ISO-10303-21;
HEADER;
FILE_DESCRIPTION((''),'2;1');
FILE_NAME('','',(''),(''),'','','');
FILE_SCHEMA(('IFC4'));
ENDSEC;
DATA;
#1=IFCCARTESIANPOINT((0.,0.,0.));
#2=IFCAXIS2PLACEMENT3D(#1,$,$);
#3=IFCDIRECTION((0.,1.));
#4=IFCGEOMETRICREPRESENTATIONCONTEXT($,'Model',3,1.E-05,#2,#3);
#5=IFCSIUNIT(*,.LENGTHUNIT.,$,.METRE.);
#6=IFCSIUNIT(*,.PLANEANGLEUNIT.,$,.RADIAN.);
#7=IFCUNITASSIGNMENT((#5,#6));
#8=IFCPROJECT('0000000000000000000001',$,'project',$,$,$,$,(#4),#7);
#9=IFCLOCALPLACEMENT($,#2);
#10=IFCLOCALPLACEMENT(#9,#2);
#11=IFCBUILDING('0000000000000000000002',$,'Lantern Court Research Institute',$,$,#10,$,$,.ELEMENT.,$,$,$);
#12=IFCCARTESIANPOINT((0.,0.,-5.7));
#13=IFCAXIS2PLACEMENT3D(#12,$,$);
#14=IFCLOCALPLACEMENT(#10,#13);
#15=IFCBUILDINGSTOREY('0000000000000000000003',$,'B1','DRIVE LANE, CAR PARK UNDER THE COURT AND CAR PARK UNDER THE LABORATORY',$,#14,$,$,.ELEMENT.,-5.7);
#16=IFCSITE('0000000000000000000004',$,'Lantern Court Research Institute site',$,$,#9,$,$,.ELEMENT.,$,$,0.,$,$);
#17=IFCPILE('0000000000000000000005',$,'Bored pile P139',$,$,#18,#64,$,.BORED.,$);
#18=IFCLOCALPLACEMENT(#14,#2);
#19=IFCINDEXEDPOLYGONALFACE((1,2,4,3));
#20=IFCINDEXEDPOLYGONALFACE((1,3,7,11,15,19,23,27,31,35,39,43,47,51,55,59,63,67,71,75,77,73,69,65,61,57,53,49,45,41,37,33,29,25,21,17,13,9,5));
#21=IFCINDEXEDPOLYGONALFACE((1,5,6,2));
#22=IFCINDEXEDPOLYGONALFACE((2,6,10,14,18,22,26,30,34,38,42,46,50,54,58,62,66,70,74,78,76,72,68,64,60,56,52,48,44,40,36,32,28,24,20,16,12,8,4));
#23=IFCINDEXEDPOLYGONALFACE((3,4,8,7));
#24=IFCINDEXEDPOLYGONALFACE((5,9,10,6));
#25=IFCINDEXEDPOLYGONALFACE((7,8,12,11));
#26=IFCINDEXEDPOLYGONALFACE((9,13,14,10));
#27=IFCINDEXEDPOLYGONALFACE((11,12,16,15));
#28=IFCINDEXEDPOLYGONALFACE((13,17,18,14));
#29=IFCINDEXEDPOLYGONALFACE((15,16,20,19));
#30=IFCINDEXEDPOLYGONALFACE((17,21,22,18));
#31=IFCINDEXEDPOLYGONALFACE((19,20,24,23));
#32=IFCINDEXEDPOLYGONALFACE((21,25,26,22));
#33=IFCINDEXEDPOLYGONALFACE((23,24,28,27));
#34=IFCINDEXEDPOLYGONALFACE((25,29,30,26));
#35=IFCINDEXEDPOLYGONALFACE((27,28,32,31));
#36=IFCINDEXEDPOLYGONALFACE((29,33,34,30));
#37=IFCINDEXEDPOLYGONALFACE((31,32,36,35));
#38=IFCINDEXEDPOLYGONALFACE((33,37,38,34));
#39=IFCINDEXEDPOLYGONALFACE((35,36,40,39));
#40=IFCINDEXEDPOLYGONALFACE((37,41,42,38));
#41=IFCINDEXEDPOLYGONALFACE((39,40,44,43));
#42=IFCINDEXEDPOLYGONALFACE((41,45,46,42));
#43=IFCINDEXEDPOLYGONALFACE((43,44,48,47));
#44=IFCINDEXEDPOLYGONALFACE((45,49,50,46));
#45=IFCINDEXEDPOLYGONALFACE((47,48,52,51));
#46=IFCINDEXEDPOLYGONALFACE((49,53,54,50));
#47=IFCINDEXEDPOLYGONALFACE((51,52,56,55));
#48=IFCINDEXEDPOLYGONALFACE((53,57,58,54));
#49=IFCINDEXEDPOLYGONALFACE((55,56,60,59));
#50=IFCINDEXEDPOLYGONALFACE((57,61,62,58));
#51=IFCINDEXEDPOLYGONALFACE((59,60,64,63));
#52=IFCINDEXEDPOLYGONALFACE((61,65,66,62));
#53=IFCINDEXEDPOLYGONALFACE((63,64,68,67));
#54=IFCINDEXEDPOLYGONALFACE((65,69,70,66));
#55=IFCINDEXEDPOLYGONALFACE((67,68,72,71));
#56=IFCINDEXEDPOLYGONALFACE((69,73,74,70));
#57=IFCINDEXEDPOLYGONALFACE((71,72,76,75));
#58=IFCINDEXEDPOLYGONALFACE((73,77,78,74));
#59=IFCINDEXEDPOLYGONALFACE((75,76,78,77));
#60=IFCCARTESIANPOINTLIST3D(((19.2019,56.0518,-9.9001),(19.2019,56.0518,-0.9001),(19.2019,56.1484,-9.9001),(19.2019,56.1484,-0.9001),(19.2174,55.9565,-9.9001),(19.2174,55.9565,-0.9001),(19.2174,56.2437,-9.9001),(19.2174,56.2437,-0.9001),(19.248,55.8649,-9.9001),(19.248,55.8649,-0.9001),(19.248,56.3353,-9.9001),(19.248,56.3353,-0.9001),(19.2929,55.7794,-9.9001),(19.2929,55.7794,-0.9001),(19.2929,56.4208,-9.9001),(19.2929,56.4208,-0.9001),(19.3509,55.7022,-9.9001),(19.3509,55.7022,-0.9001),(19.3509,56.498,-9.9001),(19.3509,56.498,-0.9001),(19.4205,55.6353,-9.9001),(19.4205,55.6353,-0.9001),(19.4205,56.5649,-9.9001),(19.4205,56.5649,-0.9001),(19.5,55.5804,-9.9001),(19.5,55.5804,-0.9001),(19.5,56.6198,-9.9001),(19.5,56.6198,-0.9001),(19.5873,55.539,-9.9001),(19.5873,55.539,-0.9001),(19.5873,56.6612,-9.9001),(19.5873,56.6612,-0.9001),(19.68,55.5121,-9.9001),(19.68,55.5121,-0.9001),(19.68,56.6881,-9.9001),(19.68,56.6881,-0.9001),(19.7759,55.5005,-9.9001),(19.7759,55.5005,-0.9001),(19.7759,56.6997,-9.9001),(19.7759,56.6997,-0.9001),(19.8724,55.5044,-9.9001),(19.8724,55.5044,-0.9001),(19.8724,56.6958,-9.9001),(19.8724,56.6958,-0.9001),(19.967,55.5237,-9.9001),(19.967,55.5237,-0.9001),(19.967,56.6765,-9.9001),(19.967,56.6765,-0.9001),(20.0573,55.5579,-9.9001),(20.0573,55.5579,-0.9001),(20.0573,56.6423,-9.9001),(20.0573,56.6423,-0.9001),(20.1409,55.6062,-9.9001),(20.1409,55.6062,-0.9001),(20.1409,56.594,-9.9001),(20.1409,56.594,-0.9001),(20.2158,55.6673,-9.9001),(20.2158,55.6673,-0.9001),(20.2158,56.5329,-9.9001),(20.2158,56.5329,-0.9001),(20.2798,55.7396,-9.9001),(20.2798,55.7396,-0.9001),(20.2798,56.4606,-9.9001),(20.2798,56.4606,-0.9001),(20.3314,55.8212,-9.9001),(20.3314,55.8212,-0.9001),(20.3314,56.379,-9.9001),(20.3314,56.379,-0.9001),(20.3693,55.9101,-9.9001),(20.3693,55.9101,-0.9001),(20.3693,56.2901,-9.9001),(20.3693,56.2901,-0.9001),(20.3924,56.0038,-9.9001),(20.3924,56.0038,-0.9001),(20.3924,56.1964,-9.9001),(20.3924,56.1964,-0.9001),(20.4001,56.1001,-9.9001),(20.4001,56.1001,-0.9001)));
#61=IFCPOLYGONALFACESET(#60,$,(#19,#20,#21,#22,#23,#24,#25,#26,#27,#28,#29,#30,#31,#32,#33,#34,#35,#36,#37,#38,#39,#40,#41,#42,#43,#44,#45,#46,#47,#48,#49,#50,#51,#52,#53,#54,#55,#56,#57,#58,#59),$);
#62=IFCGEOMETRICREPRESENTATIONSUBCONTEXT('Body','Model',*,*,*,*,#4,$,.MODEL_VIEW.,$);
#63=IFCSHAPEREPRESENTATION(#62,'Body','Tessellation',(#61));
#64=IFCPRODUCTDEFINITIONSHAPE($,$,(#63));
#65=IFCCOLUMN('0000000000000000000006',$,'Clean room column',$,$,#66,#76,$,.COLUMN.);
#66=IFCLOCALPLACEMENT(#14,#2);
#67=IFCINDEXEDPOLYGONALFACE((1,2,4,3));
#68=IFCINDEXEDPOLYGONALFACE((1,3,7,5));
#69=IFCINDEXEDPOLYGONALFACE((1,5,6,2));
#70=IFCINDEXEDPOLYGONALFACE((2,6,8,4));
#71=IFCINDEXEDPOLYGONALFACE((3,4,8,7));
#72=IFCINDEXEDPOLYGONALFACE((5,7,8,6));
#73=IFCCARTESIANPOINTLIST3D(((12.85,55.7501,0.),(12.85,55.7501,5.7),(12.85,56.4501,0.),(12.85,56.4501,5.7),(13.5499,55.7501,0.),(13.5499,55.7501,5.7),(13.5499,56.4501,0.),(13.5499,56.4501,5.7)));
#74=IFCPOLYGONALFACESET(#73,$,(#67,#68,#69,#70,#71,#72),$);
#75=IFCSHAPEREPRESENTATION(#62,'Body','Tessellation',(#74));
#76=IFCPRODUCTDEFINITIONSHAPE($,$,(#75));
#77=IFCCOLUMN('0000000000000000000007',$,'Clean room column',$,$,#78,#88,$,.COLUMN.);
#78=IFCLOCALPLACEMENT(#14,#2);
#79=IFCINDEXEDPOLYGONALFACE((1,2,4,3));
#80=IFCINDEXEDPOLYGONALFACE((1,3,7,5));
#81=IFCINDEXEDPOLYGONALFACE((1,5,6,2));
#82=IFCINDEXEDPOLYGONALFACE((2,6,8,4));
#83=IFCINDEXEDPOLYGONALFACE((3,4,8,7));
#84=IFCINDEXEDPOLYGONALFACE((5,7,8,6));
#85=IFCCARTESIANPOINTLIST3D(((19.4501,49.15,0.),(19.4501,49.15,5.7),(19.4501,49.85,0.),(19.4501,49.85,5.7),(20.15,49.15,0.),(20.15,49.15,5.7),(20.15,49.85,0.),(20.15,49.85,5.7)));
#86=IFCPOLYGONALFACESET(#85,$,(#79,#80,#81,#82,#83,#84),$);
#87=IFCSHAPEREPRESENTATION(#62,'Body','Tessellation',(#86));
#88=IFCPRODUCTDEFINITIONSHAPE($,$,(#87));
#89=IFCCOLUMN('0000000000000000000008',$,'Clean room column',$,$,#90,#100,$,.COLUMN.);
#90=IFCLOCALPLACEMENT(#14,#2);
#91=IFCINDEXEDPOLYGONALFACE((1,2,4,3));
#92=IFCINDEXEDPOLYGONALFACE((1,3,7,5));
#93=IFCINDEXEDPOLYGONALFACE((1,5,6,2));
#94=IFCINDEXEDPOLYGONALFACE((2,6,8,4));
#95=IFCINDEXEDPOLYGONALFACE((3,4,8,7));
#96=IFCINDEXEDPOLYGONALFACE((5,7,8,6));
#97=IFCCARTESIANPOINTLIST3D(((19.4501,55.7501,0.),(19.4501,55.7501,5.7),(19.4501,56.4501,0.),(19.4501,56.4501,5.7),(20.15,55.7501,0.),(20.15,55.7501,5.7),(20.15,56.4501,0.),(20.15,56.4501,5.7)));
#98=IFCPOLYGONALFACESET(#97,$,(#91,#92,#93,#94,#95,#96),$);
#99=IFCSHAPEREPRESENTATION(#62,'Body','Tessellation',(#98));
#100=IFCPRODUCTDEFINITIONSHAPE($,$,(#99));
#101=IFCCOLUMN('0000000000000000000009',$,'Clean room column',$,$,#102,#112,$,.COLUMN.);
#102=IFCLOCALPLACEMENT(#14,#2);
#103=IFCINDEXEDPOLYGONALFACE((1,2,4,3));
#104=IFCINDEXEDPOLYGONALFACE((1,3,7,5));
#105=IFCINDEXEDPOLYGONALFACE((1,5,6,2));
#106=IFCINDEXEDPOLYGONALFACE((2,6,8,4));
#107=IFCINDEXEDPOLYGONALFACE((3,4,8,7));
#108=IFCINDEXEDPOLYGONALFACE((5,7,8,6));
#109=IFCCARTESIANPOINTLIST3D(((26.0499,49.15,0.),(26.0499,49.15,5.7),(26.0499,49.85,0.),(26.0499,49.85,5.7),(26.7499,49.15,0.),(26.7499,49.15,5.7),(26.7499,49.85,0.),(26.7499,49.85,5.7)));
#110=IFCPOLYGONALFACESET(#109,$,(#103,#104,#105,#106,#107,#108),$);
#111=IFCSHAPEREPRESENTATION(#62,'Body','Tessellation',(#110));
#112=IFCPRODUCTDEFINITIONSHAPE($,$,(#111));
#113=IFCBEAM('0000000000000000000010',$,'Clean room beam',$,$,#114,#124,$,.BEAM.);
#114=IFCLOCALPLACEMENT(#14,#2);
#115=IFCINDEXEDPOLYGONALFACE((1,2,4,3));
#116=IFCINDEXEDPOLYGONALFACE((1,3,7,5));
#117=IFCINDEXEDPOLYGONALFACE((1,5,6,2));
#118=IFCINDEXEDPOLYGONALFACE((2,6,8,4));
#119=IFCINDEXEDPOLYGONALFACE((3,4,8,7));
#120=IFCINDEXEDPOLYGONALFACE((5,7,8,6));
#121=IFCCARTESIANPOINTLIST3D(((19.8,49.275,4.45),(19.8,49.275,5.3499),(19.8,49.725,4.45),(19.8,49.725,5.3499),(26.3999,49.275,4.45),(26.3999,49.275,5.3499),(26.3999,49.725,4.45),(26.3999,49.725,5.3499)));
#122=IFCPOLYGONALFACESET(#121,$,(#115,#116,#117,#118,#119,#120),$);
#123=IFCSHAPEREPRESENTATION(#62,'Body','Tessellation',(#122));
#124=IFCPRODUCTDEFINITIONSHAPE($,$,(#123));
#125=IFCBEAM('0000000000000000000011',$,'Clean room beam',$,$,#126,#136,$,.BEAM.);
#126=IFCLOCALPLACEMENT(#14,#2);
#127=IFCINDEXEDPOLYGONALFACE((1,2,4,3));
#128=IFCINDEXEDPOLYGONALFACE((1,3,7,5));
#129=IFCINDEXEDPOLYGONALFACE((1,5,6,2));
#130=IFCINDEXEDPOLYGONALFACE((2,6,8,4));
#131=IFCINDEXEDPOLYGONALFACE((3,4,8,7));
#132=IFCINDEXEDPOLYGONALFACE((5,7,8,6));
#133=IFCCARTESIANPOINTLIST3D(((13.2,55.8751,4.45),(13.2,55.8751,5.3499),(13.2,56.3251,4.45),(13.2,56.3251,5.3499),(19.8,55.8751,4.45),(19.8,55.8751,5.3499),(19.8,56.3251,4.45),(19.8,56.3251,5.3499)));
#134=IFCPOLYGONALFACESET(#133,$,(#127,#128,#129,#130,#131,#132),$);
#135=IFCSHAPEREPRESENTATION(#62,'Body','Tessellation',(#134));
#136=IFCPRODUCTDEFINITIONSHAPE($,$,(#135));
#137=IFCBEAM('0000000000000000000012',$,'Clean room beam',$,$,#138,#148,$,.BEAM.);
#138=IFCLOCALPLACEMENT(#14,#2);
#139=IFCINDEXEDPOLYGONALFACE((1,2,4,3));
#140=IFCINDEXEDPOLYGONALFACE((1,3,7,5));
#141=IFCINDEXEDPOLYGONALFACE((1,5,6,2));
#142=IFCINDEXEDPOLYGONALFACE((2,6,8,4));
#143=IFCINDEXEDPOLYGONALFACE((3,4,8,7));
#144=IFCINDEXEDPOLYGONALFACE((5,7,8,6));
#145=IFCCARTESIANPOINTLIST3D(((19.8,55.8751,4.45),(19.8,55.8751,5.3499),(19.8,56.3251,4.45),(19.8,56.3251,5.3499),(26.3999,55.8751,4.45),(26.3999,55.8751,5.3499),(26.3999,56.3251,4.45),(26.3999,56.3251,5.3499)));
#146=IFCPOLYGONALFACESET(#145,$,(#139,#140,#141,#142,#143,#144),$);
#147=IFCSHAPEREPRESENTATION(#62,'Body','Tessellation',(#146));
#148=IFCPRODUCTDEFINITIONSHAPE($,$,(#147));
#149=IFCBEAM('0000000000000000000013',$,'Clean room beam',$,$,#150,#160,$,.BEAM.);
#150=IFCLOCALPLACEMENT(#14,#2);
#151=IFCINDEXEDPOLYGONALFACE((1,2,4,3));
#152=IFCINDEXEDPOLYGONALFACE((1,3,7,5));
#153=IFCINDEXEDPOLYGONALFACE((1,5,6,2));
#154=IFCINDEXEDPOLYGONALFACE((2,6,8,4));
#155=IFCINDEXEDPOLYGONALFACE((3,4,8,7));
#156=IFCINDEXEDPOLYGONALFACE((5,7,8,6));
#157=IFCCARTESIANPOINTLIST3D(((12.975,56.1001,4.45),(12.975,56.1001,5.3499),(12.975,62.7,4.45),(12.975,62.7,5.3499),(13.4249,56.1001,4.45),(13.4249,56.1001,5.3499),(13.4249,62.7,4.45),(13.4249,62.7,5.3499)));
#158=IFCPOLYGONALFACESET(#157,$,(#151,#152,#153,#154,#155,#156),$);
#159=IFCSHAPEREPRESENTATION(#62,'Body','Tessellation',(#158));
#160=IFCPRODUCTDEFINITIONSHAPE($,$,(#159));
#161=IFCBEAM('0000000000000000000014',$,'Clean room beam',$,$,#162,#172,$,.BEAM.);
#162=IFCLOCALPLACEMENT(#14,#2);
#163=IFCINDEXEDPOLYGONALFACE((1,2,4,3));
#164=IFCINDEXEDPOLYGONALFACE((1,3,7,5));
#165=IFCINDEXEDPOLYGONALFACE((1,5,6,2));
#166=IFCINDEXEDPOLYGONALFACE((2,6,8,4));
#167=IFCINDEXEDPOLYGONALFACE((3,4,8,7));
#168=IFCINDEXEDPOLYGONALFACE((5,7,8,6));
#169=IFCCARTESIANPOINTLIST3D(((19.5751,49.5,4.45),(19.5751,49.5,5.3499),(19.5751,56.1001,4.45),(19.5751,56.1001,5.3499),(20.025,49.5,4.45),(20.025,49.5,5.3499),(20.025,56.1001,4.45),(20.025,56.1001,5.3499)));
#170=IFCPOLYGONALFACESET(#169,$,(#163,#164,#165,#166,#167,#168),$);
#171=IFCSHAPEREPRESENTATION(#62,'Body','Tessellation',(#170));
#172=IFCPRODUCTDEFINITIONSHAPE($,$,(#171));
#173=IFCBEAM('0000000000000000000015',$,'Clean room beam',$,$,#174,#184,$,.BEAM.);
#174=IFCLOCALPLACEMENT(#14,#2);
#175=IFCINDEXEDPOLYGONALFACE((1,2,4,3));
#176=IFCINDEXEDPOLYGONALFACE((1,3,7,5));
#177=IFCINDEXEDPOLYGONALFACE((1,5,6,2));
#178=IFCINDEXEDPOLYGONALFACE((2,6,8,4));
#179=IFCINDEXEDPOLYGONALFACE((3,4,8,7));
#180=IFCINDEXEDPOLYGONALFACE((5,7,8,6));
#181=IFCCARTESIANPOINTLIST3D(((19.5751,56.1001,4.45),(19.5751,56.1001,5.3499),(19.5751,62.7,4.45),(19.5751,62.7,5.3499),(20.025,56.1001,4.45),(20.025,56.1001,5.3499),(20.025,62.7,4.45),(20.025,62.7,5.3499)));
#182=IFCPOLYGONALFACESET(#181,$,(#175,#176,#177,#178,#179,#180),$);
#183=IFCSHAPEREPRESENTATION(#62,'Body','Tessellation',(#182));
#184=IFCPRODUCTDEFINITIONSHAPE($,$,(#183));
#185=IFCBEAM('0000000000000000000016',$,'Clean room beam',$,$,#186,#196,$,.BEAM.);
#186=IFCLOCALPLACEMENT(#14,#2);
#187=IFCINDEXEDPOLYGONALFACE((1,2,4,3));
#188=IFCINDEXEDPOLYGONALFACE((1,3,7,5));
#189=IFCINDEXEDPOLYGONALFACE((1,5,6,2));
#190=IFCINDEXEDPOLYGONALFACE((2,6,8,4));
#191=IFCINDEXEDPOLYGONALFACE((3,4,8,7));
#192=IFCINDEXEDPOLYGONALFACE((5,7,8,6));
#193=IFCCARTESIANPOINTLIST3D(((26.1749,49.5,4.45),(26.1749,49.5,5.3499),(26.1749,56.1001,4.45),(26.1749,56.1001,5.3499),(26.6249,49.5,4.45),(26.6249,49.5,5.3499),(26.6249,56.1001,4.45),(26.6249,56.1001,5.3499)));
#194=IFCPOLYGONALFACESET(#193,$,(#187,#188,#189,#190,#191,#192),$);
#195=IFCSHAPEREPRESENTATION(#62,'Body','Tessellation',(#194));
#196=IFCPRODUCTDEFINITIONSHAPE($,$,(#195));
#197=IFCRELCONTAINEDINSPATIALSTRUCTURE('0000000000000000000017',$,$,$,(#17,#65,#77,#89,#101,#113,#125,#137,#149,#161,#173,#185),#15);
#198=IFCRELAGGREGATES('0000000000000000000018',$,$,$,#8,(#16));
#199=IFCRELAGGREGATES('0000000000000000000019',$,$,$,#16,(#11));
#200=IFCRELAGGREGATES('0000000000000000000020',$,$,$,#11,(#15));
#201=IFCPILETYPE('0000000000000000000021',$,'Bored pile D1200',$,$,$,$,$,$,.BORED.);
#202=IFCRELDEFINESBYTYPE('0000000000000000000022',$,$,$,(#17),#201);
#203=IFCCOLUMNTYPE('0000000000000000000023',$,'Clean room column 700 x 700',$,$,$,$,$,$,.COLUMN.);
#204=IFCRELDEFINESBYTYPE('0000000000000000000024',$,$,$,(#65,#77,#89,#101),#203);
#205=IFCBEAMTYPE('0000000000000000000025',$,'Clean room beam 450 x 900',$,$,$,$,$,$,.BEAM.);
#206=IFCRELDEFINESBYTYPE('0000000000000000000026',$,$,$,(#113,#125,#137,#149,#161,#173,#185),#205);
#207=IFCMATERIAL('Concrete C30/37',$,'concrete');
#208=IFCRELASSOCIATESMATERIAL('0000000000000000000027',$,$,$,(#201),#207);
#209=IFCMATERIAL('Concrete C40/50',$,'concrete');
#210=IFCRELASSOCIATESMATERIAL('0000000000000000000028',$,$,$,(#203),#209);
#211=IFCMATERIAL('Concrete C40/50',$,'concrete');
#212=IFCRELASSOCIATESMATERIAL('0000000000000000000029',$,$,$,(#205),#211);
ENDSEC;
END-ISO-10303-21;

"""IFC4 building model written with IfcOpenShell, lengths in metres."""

from ifc_helpers import new_model, si_unit, direction, frame, origin, origin_2d, place, context, subcontext, project, spatial, rectangle, circle, extrude, material, material_profile, profile_set, type_object, element, save


model = new_model("IFC4")

# Units and contexts
model_context = context("Model", 3, precision=1e-05, world=origin(), true_north=direction((0.0, 1.0)))
body_context = subcontext(model_context, "Body", "Model", "MODEL_VIEW")
ifc_project = project(units=[si_unit("LENGTHUNIT", "METRE"), si_unit("PLANEANGLEUNIT", "RADIAN")], contexts=[model_context])

# Site, building, storey
site_placement = place(None, origin())
site = spatial("IfcSite", under=ifc_project, at=site_placement, Name="Lantern Court Research Institute site", CompositionType="ELEMENT", RefElevation=0.0)
building_placement = place(site_placement, origin())
building = spatial("IfcBuilding", under=site, at=building_placement, Name="Lantern Court Research Institute", CompositionType="ELEMENT")
storey_placement = place(building_placement, frame((0.0, 0.0, -5.7)))
storey = spatial("IfcBuildingStorey", under=building, at=storey_placement, Name="B1", Description="DRIVE LANE, CAR PARK UNDER THE COURT AND CAR PARK UNDER THE LABORATORY", CompositionType="ELEMENT", Elevation=-5.7)

# Pile
ifc_material_1 = material(Name="Concrete C30/37", Category="concrete")
ifc_material_profile_1 = material_profile(ifc_material_1, circle(Radius=0.6001, at=origin_2d()), Name="Bored pile D1200")
ifc_profile_set_1 = profile_set([ifc_material_profile_1], Name="Concrete C30/37")
pile_type_1 = type_object("IfcPileType", Name="Bored pile D1200", PredefinedType="BORED", material=ifc_profile_set_1)
for number, where, z_axis, x_axis, name in (
    (1, (19.8, 56.1001, -0.9001), (0.0, 0.0, -1.0), (1.0, 0.0, 0.0), "Bored pile P139"),
):
    element("IfcPile", number, at=place(storey_placement, frame(where, z_axis=z_axis, x_axis=x_axis)), inside=storey, type_object=pile_type_1, Name=name, PredefinedType="BORED", context=body_context, shape_type="SweptSolid", body=[
        extrude(circle(Radius=0.6001, at=origin_2d()), origin(), (0.0, 0.0, 1.0), 9.0),
    ])

# Columns
ifc_material_2 = material(Name="Concrete C40/50", Category="concrete")
ifc_material_profile_2 = material_profile(ifc_material_2, rectangle(XDim=0.7, YDim=0.7, at=origin_2d()), Name="Clean room column 700 x 700")
ifc_profile_set_2 = profile_set([ifc_material_profile_2], Name="Concrete C40/50")
column_type = type_object("IfcColumnType", Name="Clean room column 700 x 700", PredefinedType="COLUMN", material=ifc_profile_set_2)
for number, where, z_axis, x_axis, name in (
    (2, (13.2, 56.1001, 0.0), (0.0, 0.0, 1.0), (1.0, 0.0, 0.0), "Clean room column"),
    (3, (19.8, 49.5, 0.0), (0.0, 0.0, 1.0), (1.0, 0.0, 0.0), "Clean room column"),
    (4, (19.8, 56.1001, 0.0), (0.0, 0.0, 1.0), (1.0, 0.0, 0.0), "Clean room column"),
    (5, (26.3999, 49.5, 0.0), (0.0, 0.0, 1.0), (1.0, 0.0, 0.0), "Clean room column"),
):
    element("IfcColumn", number, at=place(storey_placement, frame(where, z_axis=z_axis, x_axis=x_axis)), inside=storey, type_object=column_type, Name=name, PredefinedType="COLUMN", context=body_context, shape_type="SweptSolid", body=[
        extrude(rectangle(XDim=0.7, YDim=0.7, at=origin_2d()), origin(), (0.0, 0.0, 1.0), 5.7),
    ])

# Beams
ifc_material_3 = material(Name="Concrete C40/50", Category="concrete")
ifc_material_profile_3 = material_profile(ifc_material_3, rectangle(XDim=0.45, YDim=0.8999, at=origin_2d()), Name="Clean room beam 450 x 900")
ifc_profile_set_3 = profile_set([ifc_material_profile_3], Name="Concrete C40/50")
beam_type = type_object("IfcBeamType", Name="Clean room beam 450 x 900", PredefinedType="BEAM", material=ifc_profile_set_3)
beam_1_placement = place(storey_placement, frame((19.8, 49.5, 4.8999), z_axis=(1.0, 0.0, 0.0), x_axis=(0.0, 1.0, 0.0)))
element("IfcBeam", 6, at=beam_1_placement, inside=storey, type_object=beam_type, Name="Clean room beam", PredefinedType="BEAM", context=body_context, shape_type="SweptSolid", body=[
    extrude(rectangle(XDim=0.45, YDim=0.8999, at=origin_2d()), origin(), (0.0, 0.0, 1.0), 6.5999),
])
beam_2_placement = place(storey_placement, frame((13.2, 56.1001, 4.8999), z_axis=(1.0, 0.0, 0.0), x_axis=(0.0, 1.0, 0.0)))
element("IfcBeam", 7, at=beam_2_placement, inside=storey, type_object=beam_type, Name="Clean room beam", PredefinedType="BEAM", context=body_context, shape_type="SweptSolid", body=[
    extrude(rectangle(XDim=0.45, YDim=0.8999, at=origin_2d()), origin(), (0.0, 0.0, 1.0), 6.6001),
])
for number, where, z_axis, x_axis, name in (
    (8, (19.8, 56.1001, 4.8999), (1.0, 0.0, 0.0), (0.0, 1.0, 0.0), "Clean room beam"),
    (9, (13.2, 56.1001, 4.8999), (0.0, 1.0, 0.0), (-1.0, 0.0, 0.0), "Clean room beam"),
):
    element("IfcBeam", number, at=place(storey_placement, frame(where, z_axis=z_axis, x_axis=x_axis)), inside=storey, type_object=beam_type, Name=name, PredefinedType="BEAM", context=body_context, shape_type="SweptSolid", body=[
        extrude(rectangle(XDim=0.45, YDim=0.8999, at=origin_2d()), origin(), (0.0, 0.0, 1.0), 6.5999),
    ])
beam_3_placement = place(storey_placement, frame((19.8, 49.5, 4.8999), z_axis=(0.0, 1.0, 0.0), x_axis=(-1.0, 0.0, 0.0)))
element("IfcBeam", 10, at=beam_3_placement, inside=storey, type_object=beam_type, Name="Clean room beam", PredefinedType="BEAM", context=body_context, shape_type="SweptSolid", body=[
    extrude(rectangle(XDim=0.45, YDim=0.8999, at=origin_2d()), origin(), (0.0, 0.0, 1.0), 6.6001),
])
beam_4_placement = place(storey_placement, frame((19.8, 56.1001, 4.8999), z_axis=(0.0, 1.0, 0.0), x_axis=(-1.0, 0.0, 0.0)))
element("IfcBeam", 11, at=beam_4_placement, inside=storey, type_object=beam_type, Name="Clean room beam", PredefinedType="BEAM", context=body_context, shape_type="SweptSolid", body=[
    extrude(rectangle(XDim=0.45, YDim=0.8999, at=origin_2d()), origin(), (0.0, 0.0, 1.0), 6.5999),
])
beam_5_placement = place(storey_placement, frame((26.3999, 49.5, 4.8999), z_axis=(0.0, 1.0, 0.0), x_axis=(-1.0, 0.0, 0.0)))
element("IfcBeam", 12, at=beam_5_placement, inside=storey, type_object=beam_type, Name="Clean room beam", PredefinedType="BEAM", context=body_context, shape_type="SweptSolid", body=[
    extrude(rectangle(XDim=0.45, YDim=0.8999, at=origin_2d()), origin(), (0.0, 0.0, 1.0), 6.6001),
])

save(model, "model.ifc")
